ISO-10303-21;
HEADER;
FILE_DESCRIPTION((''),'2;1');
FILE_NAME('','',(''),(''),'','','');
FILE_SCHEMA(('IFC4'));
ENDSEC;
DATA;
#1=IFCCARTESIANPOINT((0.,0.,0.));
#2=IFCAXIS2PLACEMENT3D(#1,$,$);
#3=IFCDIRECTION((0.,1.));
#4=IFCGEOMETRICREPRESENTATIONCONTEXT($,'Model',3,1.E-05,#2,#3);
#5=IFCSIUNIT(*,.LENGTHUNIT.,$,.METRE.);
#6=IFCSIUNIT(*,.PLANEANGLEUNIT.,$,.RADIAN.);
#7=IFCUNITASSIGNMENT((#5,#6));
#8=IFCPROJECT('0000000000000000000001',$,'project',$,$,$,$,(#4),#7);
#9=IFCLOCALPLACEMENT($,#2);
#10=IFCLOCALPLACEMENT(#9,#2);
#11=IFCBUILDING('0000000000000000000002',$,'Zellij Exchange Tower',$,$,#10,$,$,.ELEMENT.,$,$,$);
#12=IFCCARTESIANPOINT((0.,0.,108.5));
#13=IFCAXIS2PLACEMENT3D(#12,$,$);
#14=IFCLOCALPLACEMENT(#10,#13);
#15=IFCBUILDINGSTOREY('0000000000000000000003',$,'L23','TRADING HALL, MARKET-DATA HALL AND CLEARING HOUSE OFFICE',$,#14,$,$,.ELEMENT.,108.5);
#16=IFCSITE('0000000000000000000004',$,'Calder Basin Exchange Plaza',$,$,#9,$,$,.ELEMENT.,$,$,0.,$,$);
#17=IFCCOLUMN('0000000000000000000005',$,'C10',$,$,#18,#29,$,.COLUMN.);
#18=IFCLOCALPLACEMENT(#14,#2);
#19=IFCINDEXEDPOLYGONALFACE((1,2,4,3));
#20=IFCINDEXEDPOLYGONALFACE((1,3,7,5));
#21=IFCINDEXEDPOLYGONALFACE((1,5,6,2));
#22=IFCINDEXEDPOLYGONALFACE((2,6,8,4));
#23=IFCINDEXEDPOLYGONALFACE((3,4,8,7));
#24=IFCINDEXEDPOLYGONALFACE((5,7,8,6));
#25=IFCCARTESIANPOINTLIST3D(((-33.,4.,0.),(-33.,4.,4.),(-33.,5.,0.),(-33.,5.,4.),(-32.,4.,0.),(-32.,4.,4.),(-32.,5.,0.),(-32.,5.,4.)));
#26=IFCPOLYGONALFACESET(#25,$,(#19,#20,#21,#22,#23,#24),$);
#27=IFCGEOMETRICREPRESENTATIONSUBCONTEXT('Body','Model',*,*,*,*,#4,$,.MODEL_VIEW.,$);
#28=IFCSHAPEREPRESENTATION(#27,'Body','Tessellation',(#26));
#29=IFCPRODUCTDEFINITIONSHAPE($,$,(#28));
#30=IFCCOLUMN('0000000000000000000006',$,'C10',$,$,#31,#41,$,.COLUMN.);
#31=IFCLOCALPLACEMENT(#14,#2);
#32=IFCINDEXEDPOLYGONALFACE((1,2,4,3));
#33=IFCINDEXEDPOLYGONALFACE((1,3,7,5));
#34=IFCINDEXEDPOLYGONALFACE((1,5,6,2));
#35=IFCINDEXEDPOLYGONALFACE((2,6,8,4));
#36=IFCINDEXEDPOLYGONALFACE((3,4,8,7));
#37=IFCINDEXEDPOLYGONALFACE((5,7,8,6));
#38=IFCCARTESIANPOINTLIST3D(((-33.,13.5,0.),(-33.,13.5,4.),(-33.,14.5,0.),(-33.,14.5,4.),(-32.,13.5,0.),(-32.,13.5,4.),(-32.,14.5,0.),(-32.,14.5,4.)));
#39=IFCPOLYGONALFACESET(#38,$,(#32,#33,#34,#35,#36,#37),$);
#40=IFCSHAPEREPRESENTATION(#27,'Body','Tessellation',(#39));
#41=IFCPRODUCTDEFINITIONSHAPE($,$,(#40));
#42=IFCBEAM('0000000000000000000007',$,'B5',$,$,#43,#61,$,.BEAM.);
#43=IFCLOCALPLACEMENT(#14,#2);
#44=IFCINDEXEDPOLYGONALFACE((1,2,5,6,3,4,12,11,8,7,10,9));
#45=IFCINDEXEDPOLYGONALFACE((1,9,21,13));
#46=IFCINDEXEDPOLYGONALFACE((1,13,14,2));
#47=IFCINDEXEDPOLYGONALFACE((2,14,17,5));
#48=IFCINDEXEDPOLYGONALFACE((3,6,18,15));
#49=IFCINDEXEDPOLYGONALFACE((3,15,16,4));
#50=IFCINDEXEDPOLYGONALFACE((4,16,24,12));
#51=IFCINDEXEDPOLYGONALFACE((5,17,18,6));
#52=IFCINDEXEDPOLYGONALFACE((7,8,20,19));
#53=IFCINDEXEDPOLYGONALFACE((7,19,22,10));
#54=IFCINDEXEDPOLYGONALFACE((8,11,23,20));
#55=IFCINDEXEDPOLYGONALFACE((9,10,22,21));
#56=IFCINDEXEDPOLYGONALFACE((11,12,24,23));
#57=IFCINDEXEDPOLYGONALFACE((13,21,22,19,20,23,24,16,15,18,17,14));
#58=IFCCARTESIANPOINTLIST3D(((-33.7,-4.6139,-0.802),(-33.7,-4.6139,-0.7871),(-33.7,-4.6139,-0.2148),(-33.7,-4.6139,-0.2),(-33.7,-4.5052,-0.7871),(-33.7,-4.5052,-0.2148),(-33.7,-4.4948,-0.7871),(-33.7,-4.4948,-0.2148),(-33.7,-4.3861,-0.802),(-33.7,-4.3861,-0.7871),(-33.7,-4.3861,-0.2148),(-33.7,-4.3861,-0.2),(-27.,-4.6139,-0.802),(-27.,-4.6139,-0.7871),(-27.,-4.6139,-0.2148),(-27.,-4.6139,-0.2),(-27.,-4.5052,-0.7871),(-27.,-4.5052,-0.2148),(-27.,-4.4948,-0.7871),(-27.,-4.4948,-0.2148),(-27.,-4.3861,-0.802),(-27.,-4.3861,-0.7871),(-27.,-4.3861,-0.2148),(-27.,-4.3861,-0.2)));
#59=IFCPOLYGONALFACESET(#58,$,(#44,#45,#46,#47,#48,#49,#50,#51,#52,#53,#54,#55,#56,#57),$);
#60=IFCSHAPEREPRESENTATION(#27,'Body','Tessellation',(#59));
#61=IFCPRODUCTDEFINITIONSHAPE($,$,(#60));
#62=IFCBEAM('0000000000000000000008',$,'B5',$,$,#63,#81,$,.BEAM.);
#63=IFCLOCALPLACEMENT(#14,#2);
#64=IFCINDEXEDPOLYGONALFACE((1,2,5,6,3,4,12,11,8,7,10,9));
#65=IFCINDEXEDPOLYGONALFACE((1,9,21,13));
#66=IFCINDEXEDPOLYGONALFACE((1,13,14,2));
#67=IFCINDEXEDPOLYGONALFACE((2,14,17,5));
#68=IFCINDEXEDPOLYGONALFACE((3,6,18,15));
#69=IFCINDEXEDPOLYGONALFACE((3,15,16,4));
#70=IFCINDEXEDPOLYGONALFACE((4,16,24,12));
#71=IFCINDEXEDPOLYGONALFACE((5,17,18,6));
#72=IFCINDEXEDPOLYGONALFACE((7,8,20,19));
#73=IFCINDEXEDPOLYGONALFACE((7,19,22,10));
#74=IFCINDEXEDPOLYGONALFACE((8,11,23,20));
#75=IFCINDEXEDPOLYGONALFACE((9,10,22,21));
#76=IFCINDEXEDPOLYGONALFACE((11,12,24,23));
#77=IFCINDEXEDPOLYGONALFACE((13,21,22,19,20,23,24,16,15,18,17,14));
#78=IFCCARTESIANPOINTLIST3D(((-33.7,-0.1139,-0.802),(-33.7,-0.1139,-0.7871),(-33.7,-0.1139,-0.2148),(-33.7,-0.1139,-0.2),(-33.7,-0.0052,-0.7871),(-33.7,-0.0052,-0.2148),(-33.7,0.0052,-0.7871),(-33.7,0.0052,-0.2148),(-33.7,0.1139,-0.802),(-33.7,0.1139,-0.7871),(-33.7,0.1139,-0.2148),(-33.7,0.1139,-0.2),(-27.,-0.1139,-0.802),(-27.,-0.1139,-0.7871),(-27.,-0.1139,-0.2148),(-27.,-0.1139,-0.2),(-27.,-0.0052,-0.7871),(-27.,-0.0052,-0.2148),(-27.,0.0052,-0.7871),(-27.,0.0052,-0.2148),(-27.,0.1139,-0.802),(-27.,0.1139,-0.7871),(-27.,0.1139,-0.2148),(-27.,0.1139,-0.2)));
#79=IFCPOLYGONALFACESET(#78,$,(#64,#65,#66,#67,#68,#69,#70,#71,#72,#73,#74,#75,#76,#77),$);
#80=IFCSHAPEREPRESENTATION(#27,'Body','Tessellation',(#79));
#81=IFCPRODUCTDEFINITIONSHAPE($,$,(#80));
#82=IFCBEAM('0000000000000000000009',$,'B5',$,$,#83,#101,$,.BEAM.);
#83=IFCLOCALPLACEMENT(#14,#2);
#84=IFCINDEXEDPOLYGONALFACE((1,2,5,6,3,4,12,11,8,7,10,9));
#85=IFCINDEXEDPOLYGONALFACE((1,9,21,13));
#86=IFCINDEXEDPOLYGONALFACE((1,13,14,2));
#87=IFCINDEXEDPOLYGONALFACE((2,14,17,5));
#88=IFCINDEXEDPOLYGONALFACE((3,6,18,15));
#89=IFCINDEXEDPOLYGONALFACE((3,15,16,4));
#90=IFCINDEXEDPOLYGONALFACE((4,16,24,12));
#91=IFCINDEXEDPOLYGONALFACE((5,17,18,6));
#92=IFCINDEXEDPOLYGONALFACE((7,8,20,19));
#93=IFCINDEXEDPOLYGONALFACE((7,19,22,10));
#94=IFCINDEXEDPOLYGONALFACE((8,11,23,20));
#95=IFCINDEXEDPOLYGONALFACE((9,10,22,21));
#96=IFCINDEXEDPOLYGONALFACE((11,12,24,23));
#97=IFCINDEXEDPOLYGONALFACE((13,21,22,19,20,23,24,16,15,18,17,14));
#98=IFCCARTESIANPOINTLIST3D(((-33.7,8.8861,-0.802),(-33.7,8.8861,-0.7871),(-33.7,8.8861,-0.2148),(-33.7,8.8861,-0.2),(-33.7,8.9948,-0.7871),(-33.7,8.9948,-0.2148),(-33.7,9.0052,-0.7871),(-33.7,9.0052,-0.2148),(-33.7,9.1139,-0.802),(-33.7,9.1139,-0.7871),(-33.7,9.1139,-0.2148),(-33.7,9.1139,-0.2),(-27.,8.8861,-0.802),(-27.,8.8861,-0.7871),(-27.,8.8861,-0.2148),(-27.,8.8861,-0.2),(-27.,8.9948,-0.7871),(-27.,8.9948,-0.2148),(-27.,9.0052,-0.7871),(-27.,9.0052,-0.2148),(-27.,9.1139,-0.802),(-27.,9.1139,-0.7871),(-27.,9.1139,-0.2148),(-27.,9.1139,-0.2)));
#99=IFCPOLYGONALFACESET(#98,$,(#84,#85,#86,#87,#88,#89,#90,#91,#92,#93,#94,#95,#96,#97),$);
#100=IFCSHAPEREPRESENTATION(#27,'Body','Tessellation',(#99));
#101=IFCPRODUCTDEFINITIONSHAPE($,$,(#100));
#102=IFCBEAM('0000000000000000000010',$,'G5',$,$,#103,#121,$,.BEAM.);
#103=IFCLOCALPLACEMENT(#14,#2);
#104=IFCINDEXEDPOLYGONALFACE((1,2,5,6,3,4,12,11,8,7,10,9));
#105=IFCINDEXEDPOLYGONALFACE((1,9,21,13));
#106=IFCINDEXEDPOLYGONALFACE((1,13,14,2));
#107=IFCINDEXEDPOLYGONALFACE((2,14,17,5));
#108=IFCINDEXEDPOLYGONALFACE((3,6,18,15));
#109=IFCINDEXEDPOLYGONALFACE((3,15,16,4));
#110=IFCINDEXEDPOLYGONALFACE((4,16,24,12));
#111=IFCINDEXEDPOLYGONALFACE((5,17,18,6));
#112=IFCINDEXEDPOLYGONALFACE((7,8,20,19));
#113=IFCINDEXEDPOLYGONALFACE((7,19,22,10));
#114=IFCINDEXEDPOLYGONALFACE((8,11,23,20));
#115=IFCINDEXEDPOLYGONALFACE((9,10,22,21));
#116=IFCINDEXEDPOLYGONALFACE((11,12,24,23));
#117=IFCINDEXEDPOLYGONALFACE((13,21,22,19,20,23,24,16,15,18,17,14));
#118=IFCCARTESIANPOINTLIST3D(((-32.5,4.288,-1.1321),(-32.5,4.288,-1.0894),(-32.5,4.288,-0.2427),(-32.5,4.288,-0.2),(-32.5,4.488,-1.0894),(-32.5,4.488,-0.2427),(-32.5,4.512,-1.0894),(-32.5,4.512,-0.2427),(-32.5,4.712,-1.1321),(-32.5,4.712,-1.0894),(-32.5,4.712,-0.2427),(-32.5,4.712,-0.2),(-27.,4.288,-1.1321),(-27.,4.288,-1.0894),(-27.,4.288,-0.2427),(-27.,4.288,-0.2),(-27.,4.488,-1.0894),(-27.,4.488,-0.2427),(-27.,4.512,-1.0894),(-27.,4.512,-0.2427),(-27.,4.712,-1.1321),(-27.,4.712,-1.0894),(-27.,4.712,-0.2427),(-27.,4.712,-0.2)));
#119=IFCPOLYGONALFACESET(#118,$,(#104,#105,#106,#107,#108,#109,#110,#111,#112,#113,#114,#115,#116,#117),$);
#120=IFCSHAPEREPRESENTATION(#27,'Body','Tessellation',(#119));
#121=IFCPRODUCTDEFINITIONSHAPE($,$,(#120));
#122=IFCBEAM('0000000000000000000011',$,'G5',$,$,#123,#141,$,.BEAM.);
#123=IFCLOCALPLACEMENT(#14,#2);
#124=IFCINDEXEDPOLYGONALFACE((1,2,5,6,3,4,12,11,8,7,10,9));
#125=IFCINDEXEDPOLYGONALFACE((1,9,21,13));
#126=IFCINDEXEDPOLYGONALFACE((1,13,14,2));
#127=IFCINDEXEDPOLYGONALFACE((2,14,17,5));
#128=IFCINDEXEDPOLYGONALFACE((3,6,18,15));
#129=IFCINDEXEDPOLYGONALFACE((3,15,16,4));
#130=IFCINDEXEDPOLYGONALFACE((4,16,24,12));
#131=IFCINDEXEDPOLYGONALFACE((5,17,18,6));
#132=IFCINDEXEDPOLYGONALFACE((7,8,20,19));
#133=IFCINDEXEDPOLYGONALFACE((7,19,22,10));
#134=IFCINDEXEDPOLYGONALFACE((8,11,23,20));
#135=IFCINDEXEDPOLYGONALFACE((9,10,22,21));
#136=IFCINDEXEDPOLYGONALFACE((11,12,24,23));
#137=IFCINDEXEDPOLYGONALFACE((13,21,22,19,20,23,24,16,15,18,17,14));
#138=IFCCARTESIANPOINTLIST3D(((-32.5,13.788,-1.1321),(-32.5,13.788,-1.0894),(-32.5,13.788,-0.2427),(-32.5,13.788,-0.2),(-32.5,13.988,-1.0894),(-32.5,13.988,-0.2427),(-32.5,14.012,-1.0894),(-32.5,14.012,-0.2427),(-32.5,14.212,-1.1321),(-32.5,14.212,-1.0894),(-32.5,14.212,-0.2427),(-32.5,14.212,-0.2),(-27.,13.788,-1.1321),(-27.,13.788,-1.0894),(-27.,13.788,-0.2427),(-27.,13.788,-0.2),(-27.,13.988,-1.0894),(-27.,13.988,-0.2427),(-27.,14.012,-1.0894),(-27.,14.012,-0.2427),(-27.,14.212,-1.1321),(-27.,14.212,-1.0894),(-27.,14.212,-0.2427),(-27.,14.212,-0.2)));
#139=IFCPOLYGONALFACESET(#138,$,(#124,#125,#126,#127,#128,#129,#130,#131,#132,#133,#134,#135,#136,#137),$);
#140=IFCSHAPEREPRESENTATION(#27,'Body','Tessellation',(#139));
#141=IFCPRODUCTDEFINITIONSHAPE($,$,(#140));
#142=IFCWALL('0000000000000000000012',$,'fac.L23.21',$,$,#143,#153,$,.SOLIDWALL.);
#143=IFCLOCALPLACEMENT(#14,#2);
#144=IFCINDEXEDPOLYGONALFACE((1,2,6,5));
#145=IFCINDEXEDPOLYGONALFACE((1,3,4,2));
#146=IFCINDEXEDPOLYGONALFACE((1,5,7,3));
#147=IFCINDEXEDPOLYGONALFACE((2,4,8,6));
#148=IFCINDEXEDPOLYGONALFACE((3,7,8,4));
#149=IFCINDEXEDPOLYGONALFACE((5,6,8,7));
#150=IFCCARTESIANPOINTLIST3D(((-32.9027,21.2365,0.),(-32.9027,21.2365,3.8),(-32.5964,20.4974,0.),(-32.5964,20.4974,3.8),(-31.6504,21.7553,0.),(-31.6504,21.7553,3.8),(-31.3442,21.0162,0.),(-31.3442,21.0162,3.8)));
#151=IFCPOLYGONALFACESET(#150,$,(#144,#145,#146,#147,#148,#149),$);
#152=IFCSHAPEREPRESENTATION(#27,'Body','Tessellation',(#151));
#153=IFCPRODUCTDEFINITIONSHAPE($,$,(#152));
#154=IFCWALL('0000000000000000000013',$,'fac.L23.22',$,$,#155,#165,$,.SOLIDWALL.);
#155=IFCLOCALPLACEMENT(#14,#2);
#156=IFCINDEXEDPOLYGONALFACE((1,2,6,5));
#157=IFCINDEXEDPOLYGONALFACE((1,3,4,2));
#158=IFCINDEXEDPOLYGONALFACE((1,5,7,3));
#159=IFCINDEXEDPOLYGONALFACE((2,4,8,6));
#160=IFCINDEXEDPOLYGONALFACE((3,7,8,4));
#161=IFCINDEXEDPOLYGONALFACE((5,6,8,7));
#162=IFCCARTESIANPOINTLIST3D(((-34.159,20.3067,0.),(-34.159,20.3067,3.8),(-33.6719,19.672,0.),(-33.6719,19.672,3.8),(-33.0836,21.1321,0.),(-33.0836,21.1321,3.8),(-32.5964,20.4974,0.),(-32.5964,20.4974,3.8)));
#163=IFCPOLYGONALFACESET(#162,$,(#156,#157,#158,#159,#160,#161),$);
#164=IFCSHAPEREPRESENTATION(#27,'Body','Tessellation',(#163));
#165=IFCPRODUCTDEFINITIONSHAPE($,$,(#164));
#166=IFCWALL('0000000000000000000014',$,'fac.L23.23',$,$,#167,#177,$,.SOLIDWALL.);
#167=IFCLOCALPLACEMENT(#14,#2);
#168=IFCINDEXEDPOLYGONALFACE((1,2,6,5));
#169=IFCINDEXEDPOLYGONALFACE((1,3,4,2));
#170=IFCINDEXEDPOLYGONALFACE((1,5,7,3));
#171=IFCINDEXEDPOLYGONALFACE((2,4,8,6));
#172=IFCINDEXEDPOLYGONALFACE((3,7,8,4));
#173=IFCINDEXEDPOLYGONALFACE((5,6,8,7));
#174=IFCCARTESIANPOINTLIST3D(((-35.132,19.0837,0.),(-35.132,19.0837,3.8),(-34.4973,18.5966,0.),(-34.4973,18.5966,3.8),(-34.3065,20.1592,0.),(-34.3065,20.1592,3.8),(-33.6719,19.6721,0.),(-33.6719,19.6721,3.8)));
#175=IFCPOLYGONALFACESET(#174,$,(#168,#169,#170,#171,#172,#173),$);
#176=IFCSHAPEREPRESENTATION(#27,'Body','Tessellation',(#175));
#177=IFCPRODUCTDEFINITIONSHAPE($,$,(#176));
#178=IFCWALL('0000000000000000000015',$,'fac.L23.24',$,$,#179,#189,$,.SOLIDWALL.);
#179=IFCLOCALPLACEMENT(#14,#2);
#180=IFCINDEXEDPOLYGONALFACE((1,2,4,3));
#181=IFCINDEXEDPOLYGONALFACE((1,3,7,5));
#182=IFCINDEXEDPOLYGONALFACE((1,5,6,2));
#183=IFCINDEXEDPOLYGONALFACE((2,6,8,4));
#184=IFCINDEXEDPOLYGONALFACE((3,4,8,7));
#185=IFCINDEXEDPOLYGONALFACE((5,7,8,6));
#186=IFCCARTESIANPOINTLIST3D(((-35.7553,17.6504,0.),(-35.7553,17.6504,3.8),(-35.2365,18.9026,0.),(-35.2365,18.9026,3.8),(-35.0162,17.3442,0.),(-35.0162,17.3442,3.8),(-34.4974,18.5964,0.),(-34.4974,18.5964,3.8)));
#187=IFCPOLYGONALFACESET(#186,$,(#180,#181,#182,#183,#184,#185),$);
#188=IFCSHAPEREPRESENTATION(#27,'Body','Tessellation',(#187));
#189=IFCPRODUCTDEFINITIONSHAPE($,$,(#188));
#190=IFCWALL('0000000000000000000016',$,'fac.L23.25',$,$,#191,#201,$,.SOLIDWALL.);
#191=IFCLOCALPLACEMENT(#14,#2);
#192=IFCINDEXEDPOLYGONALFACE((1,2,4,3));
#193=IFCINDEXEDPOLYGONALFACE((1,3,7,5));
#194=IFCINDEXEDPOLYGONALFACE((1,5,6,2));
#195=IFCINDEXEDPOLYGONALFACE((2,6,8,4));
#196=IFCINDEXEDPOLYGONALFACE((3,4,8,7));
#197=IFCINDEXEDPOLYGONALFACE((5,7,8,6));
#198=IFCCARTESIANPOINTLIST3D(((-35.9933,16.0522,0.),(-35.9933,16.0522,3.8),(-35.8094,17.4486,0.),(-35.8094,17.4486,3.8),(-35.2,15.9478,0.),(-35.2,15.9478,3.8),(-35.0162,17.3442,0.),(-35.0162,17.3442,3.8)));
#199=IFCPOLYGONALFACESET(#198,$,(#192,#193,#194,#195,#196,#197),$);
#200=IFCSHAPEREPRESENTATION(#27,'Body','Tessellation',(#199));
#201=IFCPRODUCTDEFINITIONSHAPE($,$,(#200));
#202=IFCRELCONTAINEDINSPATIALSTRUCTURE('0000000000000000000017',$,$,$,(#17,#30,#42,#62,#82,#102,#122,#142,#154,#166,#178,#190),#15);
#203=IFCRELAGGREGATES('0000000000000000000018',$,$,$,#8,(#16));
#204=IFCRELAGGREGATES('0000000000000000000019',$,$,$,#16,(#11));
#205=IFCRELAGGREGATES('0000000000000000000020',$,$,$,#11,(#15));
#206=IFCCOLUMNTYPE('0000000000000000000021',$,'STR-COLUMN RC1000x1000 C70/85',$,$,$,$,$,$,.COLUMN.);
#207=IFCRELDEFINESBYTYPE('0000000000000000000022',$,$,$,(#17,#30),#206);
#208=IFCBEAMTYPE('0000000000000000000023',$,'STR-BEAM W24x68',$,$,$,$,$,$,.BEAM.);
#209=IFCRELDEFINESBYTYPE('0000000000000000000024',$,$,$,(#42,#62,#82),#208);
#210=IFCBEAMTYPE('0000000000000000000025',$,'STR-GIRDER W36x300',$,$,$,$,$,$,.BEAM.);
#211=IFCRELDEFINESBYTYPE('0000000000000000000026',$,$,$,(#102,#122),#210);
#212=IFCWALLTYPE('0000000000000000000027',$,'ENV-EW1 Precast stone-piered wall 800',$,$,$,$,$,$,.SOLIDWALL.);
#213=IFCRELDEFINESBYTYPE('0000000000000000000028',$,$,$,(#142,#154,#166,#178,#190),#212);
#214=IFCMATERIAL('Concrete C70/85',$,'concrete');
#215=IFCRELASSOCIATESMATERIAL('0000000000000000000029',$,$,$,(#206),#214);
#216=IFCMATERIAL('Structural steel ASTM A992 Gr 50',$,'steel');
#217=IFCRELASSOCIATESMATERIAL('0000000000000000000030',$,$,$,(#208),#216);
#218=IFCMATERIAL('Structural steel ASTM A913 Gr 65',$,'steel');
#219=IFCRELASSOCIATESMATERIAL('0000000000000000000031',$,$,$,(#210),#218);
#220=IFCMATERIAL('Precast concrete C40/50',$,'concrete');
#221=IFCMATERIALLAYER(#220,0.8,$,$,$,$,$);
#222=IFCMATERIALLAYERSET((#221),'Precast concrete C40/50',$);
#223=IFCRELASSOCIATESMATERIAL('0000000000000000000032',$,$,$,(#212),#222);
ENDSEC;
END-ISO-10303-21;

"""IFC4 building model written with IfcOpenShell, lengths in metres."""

from ifc_helpers import new_model, si_unit, direction, frame, frame_2d, origin, origin_2d, place, context, subcontext, project, spatial, rectangle, i_section, extrude, material, layer, layer_set, material_profile, profile_set, type_object, element, save


model = new_model("IFC4")

# Units and contexts
model_context = context("Model", 3, precision=1e-05, world=origin(), true_north=direction((0.0, 1.0)))
body_context = subcontext(model_context, "Body", "Model", "MODEL_VIEW")
ifc_project = project(units=[si_unit("LENGTHUNIT", "METRE"), si_unit("PLANEANGLEUNIT", "RADIAN")], contexts=[model_context])

# Site, building, storey
site_placement = place(None, origin())
site = spatial("IfcSite", under=ifc_project, at=site_placement, Name="Calder Basin Exchange Plaza", CompositionType="ELEMENT", RefElevation=0.0)
building_placement = place(site_placement, origin())
building = spatial("IfcBuilding", under=site, at=building_placement, Name="Zellij Exchange Tower", CompositionType="ELEMENT")
storey_placement = place(building_placement, frame((0.0, 0.0, 108.5)))
storey = spatial("IfcBuildingStorey", under=building, at=storey_placement, Name="L23", Description="TRADING HALL, MARKET-DATA HALL AND CLEARING HOUSE OFFICE", CompositionType="ELEMENT", Elevation=108.5)

# Columns
ifc_material_1 = material(Name="Concrete C70/85", Category="concrete")
ifc_material_profile_1 = material_profile(ifc_material_1, rectangle(XDim=1.0, YDim=1.0, at=origin_2d()), Name="STR-COLUMN RC1000x1000 C70/85")
ifc_profile_set_1 = profile_set([ifc_material_profile_1], Name="Concrete C70/85")
column_type = type_object("IfcColumnType", Name="STR-COLUMN RC1000x1000 C70/85", PredefinedType="COLUMN", material=ifc_profile_set_1)
for number, where, z_axis, x_axis, name in (
    (1, (-32.5, 4.5, 0.0), (0.0, 0.0, 1.0), (1.0, 0.0, 0.0), "C10"),
    (2, (-32.5, 14.0, 0.0), (0.0, 0.0, 1.0), (1.0, 0.0, 0.0), "C10"),
):
    element("IfcColumn", number, at=place(storey_placement, frame(where, z_axis=z_axis, x_axis=x_axis)), inside=storey, type_object=column_type, Name=name, PredefinedType="COLUMN", context=body_context, shape_type="SweptSolid", body=[
        extrude(rectangle(XDim=1.0, YDim=1.0, at=origin_2d()), origin(), (0.0, 0.0, 1.0), 4.0),
    ])

# Beams
ifc_material_2 = material(Name="Structural steel ASTM A992 Gr 50", Category="steel")
ifc_material_profile_2 = material_profile(ifc_material_2, i_section(OverallWidth=0.2278, OverallDepth=0.6021, WebThickness=0.0105, FlangeThickness=0.0149, at=origin_2d()), Name="W24x68")
ifc_profile_set_2 = profile_set([ifc_material_profile_2], Name="Structural steel ASTM A992 Gr 50")
beam_type_1 = type_object("IfcBeamType", Name="STR-BEAM W24x68", PredefinedType="BEAM", material=ifc_profile_set_2)
for number, where, z_axis, x_axis, name in (
    (3, (-33.7, -4.5, -0.501), (1.0, 0.0, 0.0), (0.0, 1.0, 0.0), "B5"),
    (4, (-33.7, 0.0, -0.501), (1.0, 0.0, 0.0), (0.0, 1.0, 0.0), "B5"),
    (5, (-33.7, 9.0, -0.501), (1.0, 0.0, 0.0), (0.0, 1.0, 0.0), "B5"),
):
    element("IfcBeam", number, at=place(storey_placement, frame(where, z_axis=z_axis, x_axis=x_axis)), inside=storey, type_object=beam_type_1, Name=name, PredefinedType="BEAM", context=body_context, shape_type="SweptSolid", body=[
        extrude(i_section(OverallWidth=0.2278, OverallDepth=0.6021, WebThickness=0.0105, FlangeThickness=0.0149, at=origin_2d()), origin(), (0.0, 0.0, 1.0), 6.7),
    ])
ifc_material_3 = material(Name="Structural steel ASTM A913 Gr 65", Category="steel")
ifc_material_profile_3 = material_profile(ifc_material_3, i_section(OverallWidth=0.4241, OverallDepth=0.9321, WebThickness=0.0239, FlangeThickness=0.0427, at=origin_2d()), Name="W36x300")
ifc_profile_set_3 = profile_set([ifc_material_profile_3], Name="Structural steel ASTM A913 Gr 65")
beam_type_2 = type_object("IfcBeamType", Name="STR-GIRDER W36x300", PredefinedType="BEAM", material=ifc_profile_set_3)
for number, where, z_axis, x_axis, name in (
    (6, (-32.5, 4.5, -0.666), (1.0, 0.0, 0.0), (0.0, 1.0, 0.0), "G5"),
    (7, (-32.5, 14.0, -0.666), (1.0, 0.0, 0.0), (0.0, 1.0, 0.0), "G5"),
):
    element("IfcBeam", number, at=place(storey_placement, frame(where, z_axis=z_axis, x_axis=x_axis)), inside=storey, type_object=beam_type_2, Name=name, PredefinedType="BEAM", context=body_context, shape_type="SweptSolid", body=[
        extrude(i_section(OverallWidth=0.4241, OverallDepth=0.9321, WebThickness=0.0239, FlangeThickness=0.0427, at=origin_2d()), origin(), (0.0, 0.0, 1.0), 5.5),
    ])

# Walls
ifc_material_4 = material(Name="Precast concrete C40/50", Category="concrete")
ifc_layer_1 = layer(ifc_material_4, 0.8)
ifc_layer_set_1 = layer_set([ifc_layer_1], Name="Precast concrete C40/50")
wall_type_1 = type_object("IfcWallType", Name="ENV-EW1 Precast stone-piered wall 800", PredefinedType="SOLIDWALL", material=ifc_layer_set_1)
wall_1_placement = place(storey_placement, frame((-31.4973, 21.3857, 0.0), z_axis=(0.0, 0.0, 1.0), x_axis=(-0.923848, -0.38276, 0.0)))
element("IfcWall", 8, at=wall_1_placement, inside=storey, type_object=wall_type_1, Name="fac.L23.21", PredefinedType="SOLIDWALL", context=body_context, shape_type="SweptSolid", body=[
    extrude(rectangle(XDim=1.3555, YDim=0.8, at=frame_2d((0.6777, 0.0))), origin(), (0.0, 0.0, 1.0), 3.8),
])
for number, where, z_axis, x_axis, name in (
    (9, (-32.8401, 20.8147, 0.0), (0.0, 0.0, 1.0), (-0.793273, -0.608866, 0.0), "fac.L23.22"),
    (10, (-33.9893, 19.9155, 0.0), (0.0, 0.0, 1.0), (-0.608866, -0.793273, 0.0), "fac.L23.23"),
):
    element("IfcWall", number, at=place(storey_placement, frame(where, z_axis=z_axis, x_axis=x_axis)), inside=storey, type_object=wall_type_1, Name=name, PredefinedType="SOLIDWALL", context=body_context, shape_type="SweptSolid", body=[
        extrude(rectangle(XDim=1.3557, YDim=0.8, at=frame_2d((0.6777, 0.0))), origin(), (0.0, 0.0, 1.0), 3.8),
    ])
wall_2_placement = place(storey_placement, frame((-34.8669, 18.7495, 0.0), z_axis=(0.0, 0.0, 1.0), x_axis=(-0.38276, -0.923848, 0.0)))
element("IfcWall", 11, at=wall_2_placement, inside=storey, type_object=wall_type_1, Name="fac.L23.24", PredefinedType="SOLIDWALL", context=body_context, shape_type="SweptSolid", body=[
    extrude(rectangle(XDim=1.3555, YDim=0.8, at=frame_2d((0.6777, 0.0))), origin(), (0.0, 0.0, 1.0), 3.8),
])
wall_3_placement = place(storey_placement, frame((-35.4128, 17.3962, 0.0), z_axis=(0.0, 0.0, 1.0), x_axis=(-0.130517, -0.991446, 0.0)))
element("IfcWall", 12, at=wall_3_placement, inside=storey, type_object=wall_type_1, Name="fac.L23.25", PredefinedType="SOLIDWALL", context=body_context, shape_type="SweptSolid", body=[
    extrude(rectangle(XDim=1.4084, YDim=0.8, at=frame_2d((0.7041, 0.0))), origin(), (0.0, 0.0, 1.0), 3.8),
])

save(model, "model.ifc")
